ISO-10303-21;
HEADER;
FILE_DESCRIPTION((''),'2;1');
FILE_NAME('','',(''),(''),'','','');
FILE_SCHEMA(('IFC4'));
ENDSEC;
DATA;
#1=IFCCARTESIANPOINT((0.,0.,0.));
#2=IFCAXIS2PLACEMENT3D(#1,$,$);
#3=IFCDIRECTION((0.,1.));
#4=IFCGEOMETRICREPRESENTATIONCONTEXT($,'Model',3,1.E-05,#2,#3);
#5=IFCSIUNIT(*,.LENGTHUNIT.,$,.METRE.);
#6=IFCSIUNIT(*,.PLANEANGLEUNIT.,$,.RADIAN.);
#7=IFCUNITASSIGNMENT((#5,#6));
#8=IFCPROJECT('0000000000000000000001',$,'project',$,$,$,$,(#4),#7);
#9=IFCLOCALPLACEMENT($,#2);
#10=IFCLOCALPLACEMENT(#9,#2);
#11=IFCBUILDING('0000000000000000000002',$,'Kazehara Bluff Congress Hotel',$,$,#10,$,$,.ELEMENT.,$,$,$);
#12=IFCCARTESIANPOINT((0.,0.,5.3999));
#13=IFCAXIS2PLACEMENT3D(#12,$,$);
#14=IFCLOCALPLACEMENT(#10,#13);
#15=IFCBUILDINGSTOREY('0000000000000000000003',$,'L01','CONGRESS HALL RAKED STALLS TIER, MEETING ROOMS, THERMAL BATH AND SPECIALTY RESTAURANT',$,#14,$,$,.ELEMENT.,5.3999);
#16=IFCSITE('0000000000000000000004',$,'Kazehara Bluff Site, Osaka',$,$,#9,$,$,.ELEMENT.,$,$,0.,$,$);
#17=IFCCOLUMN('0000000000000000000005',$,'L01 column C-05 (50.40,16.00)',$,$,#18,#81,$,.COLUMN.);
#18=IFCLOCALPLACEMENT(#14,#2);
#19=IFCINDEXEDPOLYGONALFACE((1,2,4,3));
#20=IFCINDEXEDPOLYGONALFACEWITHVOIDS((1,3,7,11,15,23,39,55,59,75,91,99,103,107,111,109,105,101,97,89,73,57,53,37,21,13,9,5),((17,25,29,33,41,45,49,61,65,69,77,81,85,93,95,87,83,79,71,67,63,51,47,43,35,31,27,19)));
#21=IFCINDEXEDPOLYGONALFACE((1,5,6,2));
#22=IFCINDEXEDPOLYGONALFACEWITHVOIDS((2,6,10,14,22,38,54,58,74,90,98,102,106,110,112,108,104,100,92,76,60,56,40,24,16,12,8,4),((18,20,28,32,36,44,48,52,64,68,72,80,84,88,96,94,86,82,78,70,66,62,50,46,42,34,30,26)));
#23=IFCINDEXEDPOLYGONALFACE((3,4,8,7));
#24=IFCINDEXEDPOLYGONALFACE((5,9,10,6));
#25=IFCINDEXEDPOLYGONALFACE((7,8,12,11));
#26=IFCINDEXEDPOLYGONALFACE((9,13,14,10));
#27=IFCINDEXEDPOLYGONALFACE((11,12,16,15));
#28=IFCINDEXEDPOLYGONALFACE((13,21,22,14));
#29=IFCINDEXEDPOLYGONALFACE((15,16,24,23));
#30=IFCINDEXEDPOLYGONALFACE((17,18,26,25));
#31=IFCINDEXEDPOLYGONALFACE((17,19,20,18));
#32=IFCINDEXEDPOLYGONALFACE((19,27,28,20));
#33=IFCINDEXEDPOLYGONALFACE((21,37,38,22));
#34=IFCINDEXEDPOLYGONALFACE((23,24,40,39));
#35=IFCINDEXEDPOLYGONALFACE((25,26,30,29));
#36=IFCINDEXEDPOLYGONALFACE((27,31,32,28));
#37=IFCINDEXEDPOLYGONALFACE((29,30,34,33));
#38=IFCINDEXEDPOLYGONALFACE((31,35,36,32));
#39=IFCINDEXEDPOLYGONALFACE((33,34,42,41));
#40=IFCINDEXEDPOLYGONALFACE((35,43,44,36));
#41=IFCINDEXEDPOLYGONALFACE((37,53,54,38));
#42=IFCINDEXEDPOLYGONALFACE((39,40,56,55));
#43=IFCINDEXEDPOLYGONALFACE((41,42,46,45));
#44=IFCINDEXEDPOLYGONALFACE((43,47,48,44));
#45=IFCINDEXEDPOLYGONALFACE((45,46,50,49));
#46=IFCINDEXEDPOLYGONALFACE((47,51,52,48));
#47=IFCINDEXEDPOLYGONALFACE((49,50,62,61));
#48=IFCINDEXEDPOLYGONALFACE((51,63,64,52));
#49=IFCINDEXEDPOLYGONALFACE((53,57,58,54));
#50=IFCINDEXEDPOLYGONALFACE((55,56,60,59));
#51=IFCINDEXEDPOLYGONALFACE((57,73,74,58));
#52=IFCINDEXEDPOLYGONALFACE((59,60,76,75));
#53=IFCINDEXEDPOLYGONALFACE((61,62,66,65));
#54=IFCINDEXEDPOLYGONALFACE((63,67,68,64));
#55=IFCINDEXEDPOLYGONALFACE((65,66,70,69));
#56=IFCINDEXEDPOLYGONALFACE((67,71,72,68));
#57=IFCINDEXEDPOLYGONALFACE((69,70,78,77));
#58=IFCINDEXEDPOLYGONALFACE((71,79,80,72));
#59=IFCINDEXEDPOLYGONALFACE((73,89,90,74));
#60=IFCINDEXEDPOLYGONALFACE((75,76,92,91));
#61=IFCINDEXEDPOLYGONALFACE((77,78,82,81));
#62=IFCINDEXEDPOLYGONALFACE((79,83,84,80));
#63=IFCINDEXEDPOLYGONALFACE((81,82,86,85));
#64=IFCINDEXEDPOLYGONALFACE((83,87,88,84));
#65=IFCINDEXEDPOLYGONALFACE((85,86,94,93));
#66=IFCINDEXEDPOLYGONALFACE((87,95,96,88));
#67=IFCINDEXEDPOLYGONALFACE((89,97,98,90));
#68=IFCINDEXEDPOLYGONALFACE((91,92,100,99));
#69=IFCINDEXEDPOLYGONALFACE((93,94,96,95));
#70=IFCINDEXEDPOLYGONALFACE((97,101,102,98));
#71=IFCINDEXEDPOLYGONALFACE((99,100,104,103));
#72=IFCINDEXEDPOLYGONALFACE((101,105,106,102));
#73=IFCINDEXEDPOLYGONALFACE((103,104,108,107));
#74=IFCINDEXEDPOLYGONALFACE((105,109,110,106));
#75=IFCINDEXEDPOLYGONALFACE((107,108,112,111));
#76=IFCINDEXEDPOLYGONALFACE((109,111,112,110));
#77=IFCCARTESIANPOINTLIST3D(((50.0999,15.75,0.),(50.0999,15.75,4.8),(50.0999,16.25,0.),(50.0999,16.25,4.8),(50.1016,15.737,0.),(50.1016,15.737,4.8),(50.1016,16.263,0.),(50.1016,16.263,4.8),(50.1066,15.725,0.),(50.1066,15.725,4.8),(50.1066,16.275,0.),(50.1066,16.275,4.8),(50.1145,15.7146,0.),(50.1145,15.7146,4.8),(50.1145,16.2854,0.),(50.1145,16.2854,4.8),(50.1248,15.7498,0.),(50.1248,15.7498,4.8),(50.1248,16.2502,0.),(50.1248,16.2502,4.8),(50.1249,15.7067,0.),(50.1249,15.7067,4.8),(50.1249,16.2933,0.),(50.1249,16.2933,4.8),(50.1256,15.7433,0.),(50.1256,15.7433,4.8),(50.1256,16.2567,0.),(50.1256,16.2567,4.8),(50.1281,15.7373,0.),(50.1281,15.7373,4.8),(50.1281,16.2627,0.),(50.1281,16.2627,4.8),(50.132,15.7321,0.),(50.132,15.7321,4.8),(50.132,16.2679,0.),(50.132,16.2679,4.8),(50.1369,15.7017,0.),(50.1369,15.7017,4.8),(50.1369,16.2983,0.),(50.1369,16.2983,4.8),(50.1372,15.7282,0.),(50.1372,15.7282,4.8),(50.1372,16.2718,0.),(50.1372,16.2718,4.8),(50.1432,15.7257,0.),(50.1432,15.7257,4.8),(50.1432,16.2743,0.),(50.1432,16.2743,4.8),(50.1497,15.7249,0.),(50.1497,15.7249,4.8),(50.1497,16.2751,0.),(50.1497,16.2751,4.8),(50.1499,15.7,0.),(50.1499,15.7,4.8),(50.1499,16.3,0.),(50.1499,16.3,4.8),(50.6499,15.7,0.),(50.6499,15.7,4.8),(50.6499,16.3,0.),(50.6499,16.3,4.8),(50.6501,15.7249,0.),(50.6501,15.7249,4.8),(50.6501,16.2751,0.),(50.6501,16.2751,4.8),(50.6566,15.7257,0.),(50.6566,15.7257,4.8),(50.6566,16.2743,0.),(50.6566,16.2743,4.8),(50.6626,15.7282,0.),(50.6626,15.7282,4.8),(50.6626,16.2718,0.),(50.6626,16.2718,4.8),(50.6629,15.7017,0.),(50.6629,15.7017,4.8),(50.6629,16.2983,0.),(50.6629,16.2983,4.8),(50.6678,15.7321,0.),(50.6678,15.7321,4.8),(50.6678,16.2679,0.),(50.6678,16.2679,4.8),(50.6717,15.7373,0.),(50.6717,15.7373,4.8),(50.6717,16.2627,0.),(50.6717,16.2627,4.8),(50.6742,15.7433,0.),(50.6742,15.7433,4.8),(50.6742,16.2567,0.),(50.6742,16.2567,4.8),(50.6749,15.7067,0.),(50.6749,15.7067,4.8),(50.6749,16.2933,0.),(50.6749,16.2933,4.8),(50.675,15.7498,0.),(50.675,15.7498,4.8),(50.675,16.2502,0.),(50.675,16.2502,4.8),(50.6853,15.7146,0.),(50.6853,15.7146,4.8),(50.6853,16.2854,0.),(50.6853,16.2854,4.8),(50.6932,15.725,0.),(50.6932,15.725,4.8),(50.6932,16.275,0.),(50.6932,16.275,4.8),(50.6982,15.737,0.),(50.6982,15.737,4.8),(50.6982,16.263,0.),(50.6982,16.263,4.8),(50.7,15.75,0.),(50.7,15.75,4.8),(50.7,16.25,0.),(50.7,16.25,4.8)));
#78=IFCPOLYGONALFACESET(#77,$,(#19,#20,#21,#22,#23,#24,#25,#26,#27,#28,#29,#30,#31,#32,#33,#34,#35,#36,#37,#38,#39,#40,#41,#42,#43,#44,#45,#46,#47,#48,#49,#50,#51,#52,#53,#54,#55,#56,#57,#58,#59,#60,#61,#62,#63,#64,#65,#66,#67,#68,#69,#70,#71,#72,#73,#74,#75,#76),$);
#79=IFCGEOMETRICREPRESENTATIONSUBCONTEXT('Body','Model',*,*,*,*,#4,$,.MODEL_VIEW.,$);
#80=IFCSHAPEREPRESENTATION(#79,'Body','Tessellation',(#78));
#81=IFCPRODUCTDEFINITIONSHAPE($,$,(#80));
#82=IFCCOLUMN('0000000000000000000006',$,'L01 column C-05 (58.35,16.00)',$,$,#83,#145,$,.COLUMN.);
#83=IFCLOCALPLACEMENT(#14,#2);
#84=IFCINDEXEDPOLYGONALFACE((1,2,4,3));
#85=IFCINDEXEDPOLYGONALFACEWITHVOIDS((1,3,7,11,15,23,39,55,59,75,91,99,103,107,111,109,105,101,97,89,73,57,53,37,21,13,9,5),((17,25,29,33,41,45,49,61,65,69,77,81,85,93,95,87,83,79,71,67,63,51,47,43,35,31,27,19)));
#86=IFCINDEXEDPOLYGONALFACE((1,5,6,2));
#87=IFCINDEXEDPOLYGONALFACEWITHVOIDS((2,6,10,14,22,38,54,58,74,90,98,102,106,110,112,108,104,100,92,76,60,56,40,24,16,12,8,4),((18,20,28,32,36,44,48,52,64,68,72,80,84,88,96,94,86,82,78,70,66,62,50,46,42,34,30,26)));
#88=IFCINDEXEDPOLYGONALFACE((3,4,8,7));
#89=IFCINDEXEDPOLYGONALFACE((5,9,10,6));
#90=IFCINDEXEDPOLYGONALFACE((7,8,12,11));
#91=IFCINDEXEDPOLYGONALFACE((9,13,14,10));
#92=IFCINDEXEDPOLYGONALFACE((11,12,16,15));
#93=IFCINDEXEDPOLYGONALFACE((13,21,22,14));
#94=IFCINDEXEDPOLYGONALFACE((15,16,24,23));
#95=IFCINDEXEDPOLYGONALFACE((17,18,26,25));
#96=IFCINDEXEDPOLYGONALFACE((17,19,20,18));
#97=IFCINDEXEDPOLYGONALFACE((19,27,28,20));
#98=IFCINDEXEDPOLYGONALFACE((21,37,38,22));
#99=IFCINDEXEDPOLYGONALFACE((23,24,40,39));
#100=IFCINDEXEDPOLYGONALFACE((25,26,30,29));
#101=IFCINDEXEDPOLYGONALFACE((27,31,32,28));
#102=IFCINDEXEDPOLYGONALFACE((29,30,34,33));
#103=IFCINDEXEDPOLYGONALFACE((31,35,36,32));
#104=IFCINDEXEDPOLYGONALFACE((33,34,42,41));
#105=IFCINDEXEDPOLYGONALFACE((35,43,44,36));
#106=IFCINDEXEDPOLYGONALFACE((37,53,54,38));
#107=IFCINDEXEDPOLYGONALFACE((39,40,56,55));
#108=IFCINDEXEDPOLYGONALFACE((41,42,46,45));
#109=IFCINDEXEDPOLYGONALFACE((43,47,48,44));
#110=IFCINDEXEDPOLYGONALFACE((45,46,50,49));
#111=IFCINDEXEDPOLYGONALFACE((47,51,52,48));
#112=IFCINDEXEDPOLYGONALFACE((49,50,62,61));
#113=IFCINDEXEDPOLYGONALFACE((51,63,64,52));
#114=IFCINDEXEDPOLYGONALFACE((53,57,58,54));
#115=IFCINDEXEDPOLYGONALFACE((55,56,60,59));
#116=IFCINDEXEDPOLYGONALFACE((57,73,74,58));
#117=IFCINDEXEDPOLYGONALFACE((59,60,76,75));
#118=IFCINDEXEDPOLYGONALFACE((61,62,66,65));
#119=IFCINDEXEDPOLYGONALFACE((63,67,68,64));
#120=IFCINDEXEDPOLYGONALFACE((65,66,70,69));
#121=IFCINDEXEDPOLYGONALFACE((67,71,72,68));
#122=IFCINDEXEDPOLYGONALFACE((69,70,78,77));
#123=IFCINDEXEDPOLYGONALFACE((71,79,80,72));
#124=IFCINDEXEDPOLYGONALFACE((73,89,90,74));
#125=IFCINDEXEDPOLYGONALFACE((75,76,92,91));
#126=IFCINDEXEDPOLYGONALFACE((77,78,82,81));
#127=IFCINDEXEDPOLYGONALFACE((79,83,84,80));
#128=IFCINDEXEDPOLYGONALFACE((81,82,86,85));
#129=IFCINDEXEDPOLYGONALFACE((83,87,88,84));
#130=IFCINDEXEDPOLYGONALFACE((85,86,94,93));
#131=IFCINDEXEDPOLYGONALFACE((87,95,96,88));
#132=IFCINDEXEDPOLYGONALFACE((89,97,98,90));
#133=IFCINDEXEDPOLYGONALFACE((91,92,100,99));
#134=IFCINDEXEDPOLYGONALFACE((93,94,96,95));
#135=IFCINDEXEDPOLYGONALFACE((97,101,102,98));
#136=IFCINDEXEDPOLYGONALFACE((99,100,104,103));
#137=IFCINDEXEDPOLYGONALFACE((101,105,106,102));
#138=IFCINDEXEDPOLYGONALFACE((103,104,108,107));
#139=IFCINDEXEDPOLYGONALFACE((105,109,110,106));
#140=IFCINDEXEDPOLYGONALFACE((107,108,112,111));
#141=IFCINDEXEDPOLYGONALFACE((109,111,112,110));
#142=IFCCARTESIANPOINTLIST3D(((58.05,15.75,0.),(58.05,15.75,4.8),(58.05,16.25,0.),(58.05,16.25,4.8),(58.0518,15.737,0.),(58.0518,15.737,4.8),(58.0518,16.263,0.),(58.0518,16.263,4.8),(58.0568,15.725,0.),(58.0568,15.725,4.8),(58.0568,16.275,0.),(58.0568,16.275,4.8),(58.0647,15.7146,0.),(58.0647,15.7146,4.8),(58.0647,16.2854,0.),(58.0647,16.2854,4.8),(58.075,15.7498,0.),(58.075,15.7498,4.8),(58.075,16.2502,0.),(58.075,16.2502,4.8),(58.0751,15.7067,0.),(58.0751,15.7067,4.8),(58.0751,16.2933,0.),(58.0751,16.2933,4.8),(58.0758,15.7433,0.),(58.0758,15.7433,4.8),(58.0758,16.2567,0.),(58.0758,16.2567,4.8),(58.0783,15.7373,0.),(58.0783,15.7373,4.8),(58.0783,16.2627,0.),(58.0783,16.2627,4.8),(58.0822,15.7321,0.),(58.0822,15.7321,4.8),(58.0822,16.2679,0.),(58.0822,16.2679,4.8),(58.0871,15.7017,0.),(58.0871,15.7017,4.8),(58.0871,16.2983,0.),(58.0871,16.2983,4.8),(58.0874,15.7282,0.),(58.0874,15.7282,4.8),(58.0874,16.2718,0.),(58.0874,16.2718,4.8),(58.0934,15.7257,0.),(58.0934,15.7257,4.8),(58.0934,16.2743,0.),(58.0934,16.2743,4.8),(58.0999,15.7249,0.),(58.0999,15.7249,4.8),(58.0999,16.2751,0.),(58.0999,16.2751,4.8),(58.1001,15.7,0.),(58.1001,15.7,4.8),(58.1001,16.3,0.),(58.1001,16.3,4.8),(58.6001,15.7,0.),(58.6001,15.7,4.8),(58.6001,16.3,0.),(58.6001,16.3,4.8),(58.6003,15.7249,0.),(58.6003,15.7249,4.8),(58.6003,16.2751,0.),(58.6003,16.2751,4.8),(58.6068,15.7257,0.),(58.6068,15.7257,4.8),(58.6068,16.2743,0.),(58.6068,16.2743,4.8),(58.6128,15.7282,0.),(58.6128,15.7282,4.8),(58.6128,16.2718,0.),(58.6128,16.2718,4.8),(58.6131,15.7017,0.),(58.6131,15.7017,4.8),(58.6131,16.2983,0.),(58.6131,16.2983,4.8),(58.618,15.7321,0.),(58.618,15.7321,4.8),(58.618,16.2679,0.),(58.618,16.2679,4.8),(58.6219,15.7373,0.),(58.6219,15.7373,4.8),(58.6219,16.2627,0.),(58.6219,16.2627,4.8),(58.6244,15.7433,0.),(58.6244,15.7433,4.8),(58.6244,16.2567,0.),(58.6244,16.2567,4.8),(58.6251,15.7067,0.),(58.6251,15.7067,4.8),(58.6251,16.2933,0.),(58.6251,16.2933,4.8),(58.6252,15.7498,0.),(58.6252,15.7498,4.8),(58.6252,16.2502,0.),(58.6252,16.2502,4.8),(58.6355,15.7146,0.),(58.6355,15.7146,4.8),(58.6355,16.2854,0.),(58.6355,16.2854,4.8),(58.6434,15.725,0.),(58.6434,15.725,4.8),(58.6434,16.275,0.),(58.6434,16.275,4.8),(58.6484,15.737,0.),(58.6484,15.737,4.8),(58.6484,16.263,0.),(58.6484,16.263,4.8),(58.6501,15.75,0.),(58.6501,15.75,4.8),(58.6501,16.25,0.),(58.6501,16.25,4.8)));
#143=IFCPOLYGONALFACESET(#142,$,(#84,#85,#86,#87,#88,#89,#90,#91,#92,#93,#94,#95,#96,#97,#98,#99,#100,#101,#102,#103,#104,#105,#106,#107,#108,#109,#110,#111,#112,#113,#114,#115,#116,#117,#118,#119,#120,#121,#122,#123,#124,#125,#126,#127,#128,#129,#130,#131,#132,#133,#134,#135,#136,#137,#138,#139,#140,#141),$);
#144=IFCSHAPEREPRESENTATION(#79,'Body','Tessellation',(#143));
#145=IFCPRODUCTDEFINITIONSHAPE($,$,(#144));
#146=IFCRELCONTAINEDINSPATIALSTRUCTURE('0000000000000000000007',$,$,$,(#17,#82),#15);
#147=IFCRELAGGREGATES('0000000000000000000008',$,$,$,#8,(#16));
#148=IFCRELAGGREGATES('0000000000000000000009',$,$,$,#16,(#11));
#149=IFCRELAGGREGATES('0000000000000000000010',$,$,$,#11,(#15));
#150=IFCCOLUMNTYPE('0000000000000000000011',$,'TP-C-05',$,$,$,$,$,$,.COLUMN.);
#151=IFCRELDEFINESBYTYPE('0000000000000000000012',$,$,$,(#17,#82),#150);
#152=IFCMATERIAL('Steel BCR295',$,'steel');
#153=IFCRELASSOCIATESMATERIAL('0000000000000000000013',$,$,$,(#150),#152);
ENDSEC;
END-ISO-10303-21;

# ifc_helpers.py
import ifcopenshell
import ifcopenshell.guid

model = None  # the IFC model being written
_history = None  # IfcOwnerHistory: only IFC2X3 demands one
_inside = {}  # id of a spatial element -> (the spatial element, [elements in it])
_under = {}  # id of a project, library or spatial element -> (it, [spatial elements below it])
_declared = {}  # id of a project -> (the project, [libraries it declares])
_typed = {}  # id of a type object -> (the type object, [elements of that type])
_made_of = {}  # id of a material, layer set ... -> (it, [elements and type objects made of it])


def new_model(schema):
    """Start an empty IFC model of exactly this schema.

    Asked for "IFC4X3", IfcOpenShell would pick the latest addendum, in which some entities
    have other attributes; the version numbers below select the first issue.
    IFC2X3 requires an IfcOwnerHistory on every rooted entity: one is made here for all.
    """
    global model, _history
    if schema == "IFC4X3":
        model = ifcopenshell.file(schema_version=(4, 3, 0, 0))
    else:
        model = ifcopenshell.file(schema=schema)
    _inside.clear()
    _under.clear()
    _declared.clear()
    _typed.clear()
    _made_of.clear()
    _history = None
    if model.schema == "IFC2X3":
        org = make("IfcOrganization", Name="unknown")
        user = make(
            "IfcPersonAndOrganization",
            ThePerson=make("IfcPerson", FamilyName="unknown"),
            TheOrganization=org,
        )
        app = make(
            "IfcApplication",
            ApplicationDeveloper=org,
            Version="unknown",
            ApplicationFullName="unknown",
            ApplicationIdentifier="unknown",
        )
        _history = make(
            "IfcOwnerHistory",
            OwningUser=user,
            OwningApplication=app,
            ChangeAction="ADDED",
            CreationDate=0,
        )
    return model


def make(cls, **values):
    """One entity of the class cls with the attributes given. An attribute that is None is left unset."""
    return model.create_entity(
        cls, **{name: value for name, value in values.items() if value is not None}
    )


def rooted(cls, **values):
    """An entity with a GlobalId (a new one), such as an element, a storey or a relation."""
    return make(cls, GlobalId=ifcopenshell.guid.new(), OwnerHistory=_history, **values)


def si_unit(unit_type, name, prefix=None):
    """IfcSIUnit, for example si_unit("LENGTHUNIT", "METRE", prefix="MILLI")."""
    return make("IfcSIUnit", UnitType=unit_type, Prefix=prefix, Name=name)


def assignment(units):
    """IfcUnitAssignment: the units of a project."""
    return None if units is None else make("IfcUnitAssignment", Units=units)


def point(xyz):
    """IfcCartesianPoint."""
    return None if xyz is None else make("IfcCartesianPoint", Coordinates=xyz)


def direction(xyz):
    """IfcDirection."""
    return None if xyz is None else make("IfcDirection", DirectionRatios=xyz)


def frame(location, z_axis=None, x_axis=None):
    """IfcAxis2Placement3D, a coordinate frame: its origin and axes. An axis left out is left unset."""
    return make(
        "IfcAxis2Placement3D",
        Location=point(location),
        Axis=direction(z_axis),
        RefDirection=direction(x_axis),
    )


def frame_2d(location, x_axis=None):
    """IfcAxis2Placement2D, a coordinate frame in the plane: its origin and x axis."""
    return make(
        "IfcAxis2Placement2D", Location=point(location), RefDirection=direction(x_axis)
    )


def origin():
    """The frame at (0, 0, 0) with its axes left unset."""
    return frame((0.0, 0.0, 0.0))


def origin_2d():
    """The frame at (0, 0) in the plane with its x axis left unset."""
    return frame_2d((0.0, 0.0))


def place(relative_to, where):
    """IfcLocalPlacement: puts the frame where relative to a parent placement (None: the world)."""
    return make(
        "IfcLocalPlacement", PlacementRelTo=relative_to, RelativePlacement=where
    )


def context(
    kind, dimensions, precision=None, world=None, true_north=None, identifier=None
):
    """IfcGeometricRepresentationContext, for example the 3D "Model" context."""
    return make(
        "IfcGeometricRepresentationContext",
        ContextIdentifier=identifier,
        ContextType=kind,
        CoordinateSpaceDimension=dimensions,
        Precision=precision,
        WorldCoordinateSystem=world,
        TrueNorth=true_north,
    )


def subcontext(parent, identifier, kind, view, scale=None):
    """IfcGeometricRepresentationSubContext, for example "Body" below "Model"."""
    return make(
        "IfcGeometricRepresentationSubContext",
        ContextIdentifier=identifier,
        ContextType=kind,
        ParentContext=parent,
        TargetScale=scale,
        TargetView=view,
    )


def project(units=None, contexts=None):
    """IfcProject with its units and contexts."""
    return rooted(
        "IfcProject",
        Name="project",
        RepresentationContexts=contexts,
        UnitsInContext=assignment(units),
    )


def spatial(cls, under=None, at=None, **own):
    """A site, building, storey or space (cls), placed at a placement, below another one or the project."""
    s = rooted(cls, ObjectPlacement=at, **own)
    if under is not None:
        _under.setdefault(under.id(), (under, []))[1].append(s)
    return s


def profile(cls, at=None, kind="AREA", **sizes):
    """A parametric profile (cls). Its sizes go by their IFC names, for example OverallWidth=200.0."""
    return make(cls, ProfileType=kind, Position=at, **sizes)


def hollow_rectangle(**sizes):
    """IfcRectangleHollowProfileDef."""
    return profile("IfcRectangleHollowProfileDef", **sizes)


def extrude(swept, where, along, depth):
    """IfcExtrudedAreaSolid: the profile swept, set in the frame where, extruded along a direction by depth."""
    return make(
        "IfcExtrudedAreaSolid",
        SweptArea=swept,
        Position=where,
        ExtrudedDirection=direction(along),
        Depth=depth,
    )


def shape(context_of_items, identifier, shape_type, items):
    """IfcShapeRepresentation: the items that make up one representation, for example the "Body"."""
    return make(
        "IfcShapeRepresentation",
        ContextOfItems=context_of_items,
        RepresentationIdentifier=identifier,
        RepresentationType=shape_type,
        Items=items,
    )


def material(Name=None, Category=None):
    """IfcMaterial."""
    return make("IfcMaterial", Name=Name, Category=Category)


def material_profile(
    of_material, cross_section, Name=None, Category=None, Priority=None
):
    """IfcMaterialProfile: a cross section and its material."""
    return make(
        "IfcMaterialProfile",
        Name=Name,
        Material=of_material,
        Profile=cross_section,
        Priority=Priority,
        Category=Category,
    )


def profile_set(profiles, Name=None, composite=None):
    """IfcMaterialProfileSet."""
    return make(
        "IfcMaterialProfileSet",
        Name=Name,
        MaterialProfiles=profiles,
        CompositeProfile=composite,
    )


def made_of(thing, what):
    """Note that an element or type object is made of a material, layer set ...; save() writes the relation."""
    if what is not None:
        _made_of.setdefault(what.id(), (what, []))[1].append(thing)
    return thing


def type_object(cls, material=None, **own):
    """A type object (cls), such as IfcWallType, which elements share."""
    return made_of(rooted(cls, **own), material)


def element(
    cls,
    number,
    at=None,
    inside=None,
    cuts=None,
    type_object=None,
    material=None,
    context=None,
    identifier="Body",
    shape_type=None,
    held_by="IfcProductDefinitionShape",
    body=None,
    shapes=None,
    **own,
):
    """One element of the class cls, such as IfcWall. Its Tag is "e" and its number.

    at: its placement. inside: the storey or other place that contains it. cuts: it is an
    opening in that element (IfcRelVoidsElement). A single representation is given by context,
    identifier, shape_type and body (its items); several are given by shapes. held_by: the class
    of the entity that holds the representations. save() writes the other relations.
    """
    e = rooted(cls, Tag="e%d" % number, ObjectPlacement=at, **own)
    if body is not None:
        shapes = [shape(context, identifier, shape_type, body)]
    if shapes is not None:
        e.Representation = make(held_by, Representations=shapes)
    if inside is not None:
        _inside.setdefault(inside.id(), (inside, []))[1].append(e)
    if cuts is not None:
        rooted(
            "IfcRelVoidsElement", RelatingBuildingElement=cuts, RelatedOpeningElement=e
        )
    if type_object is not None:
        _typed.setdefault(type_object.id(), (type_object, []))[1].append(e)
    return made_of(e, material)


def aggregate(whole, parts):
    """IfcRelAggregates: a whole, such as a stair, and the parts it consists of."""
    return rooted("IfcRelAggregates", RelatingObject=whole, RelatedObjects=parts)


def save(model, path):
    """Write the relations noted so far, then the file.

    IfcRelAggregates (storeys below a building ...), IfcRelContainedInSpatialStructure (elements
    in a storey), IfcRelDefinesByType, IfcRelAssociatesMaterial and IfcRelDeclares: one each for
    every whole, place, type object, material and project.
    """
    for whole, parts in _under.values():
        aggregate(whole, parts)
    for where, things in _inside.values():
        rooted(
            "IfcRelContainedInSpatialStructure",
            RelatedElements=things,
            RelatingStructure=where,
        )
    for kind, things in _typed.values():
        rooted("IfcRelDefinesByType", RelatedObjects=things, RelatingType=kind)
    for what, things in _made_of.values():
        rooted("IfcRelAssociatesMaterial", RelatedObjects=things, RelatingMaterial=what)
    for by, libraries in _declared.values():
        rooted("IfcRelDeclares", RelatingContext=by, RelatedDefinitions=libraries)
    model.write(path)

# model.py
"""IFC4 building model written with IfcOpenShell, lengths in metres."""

from ifc_helpers import new_model, si_unit, direction, frame, origin, origin_2d, place, context, subcontext, project, spatial, hollow_rectangle, extrude, material, material_profile, profile_set, type_object, element, save


model = new_model("IFC4")

# Units and contexts
model_context = context("Model", 3, precision=1e-05, world=origin(), true_north=direction((0.0, 1.0)))
body_context = subcontext(model_context, "Body", "Model", "MODEL_VIEW")
ifc_project = project(units=[si_unit("LENGTHUNIT", "METRE"), si_unit("PLANEANGLEUNIT", "RADIAN")], contexts=[model_context])

# Site, building, storey
site_placement = place(None, origin())
site = spatial("IfcSite", under=ifc_project, at=site_placement, Name="Kazehara Bluff Site, Osaka", CompositionType="ELEMENT", RefElevation=0.0)
building_placement = place(site_placement, origin())
building = spatial("IfcBuilding", under=site, at=building_placement, Name="Kazehara Bluff Congress Hotel", CompositionType="ELEMENT")
storey_placement = place(building_placement, frame((0.0, 0.0, 5.3999)))
storey = spatial("IfcBuildingStorey", under=building, at=storey_placement, Name="L01", Description="CONGRESS HALL RAKED STALLS TIER, MEETING ROOMS, THERMAL BATH AND SPECIALTY RESTAURANT", CompositionType="ELEMENT", Elevation=5.3999)

# Columns
ifc_material_1 = material(Name="Steel BCR295", Category="steel")
ifc_material_profile_1 = material_profile(ifc_material_1, hollow_rectangle(XDim=0.6001, YDim=0.6001, WallThickness=0.0249, InnerFilletRadius=0.0249, OuterFilletRadius=0.05, at=origin_2d()))
ifc_profile_set_1 = profile_set([ifc_material_profile_1], Name="Steel BCR295")
column_type = type_object("IfcColumnType", Name="TP-C-05", PredefinedType="COLUMN", material=ifc_profile_set_1)
for number, where, z_axis, x_axis, name in (
    (1, (50.3999, 16.0, 0.0), (0.0, 0.0, 1.0), (1.0, 0.0, 0.0), "L01 column C-05 (50.40,16.00)"),
    (2, (58.3501, 16.0, 0.0), (0.0, 0.0, 1.0), (1.0, 0.0, 0.0), "L01 column C-05 (58.35,16.00)"),
):
    element("IfcColumn", number, at=place(storey_placement, frame(where, z_axis=z_axis, x_axis=x_axis)), inside=storey, type_object=column_type, Name=name, PredefinedType="COLUMN", context=body_context, shape_type="SweptSolid", body=[
        extrude(hollow_rectangle(XDim=0.6001, YDim=0.6001, WallThickness=0.0249, InnerFilletRadius=0.0249, OuterFilletRadius=0.05, at=origin_2d()), origin(), (0.0, 0.0, 1.0), 4.8),
    ])

save(model, "model.ifc")
